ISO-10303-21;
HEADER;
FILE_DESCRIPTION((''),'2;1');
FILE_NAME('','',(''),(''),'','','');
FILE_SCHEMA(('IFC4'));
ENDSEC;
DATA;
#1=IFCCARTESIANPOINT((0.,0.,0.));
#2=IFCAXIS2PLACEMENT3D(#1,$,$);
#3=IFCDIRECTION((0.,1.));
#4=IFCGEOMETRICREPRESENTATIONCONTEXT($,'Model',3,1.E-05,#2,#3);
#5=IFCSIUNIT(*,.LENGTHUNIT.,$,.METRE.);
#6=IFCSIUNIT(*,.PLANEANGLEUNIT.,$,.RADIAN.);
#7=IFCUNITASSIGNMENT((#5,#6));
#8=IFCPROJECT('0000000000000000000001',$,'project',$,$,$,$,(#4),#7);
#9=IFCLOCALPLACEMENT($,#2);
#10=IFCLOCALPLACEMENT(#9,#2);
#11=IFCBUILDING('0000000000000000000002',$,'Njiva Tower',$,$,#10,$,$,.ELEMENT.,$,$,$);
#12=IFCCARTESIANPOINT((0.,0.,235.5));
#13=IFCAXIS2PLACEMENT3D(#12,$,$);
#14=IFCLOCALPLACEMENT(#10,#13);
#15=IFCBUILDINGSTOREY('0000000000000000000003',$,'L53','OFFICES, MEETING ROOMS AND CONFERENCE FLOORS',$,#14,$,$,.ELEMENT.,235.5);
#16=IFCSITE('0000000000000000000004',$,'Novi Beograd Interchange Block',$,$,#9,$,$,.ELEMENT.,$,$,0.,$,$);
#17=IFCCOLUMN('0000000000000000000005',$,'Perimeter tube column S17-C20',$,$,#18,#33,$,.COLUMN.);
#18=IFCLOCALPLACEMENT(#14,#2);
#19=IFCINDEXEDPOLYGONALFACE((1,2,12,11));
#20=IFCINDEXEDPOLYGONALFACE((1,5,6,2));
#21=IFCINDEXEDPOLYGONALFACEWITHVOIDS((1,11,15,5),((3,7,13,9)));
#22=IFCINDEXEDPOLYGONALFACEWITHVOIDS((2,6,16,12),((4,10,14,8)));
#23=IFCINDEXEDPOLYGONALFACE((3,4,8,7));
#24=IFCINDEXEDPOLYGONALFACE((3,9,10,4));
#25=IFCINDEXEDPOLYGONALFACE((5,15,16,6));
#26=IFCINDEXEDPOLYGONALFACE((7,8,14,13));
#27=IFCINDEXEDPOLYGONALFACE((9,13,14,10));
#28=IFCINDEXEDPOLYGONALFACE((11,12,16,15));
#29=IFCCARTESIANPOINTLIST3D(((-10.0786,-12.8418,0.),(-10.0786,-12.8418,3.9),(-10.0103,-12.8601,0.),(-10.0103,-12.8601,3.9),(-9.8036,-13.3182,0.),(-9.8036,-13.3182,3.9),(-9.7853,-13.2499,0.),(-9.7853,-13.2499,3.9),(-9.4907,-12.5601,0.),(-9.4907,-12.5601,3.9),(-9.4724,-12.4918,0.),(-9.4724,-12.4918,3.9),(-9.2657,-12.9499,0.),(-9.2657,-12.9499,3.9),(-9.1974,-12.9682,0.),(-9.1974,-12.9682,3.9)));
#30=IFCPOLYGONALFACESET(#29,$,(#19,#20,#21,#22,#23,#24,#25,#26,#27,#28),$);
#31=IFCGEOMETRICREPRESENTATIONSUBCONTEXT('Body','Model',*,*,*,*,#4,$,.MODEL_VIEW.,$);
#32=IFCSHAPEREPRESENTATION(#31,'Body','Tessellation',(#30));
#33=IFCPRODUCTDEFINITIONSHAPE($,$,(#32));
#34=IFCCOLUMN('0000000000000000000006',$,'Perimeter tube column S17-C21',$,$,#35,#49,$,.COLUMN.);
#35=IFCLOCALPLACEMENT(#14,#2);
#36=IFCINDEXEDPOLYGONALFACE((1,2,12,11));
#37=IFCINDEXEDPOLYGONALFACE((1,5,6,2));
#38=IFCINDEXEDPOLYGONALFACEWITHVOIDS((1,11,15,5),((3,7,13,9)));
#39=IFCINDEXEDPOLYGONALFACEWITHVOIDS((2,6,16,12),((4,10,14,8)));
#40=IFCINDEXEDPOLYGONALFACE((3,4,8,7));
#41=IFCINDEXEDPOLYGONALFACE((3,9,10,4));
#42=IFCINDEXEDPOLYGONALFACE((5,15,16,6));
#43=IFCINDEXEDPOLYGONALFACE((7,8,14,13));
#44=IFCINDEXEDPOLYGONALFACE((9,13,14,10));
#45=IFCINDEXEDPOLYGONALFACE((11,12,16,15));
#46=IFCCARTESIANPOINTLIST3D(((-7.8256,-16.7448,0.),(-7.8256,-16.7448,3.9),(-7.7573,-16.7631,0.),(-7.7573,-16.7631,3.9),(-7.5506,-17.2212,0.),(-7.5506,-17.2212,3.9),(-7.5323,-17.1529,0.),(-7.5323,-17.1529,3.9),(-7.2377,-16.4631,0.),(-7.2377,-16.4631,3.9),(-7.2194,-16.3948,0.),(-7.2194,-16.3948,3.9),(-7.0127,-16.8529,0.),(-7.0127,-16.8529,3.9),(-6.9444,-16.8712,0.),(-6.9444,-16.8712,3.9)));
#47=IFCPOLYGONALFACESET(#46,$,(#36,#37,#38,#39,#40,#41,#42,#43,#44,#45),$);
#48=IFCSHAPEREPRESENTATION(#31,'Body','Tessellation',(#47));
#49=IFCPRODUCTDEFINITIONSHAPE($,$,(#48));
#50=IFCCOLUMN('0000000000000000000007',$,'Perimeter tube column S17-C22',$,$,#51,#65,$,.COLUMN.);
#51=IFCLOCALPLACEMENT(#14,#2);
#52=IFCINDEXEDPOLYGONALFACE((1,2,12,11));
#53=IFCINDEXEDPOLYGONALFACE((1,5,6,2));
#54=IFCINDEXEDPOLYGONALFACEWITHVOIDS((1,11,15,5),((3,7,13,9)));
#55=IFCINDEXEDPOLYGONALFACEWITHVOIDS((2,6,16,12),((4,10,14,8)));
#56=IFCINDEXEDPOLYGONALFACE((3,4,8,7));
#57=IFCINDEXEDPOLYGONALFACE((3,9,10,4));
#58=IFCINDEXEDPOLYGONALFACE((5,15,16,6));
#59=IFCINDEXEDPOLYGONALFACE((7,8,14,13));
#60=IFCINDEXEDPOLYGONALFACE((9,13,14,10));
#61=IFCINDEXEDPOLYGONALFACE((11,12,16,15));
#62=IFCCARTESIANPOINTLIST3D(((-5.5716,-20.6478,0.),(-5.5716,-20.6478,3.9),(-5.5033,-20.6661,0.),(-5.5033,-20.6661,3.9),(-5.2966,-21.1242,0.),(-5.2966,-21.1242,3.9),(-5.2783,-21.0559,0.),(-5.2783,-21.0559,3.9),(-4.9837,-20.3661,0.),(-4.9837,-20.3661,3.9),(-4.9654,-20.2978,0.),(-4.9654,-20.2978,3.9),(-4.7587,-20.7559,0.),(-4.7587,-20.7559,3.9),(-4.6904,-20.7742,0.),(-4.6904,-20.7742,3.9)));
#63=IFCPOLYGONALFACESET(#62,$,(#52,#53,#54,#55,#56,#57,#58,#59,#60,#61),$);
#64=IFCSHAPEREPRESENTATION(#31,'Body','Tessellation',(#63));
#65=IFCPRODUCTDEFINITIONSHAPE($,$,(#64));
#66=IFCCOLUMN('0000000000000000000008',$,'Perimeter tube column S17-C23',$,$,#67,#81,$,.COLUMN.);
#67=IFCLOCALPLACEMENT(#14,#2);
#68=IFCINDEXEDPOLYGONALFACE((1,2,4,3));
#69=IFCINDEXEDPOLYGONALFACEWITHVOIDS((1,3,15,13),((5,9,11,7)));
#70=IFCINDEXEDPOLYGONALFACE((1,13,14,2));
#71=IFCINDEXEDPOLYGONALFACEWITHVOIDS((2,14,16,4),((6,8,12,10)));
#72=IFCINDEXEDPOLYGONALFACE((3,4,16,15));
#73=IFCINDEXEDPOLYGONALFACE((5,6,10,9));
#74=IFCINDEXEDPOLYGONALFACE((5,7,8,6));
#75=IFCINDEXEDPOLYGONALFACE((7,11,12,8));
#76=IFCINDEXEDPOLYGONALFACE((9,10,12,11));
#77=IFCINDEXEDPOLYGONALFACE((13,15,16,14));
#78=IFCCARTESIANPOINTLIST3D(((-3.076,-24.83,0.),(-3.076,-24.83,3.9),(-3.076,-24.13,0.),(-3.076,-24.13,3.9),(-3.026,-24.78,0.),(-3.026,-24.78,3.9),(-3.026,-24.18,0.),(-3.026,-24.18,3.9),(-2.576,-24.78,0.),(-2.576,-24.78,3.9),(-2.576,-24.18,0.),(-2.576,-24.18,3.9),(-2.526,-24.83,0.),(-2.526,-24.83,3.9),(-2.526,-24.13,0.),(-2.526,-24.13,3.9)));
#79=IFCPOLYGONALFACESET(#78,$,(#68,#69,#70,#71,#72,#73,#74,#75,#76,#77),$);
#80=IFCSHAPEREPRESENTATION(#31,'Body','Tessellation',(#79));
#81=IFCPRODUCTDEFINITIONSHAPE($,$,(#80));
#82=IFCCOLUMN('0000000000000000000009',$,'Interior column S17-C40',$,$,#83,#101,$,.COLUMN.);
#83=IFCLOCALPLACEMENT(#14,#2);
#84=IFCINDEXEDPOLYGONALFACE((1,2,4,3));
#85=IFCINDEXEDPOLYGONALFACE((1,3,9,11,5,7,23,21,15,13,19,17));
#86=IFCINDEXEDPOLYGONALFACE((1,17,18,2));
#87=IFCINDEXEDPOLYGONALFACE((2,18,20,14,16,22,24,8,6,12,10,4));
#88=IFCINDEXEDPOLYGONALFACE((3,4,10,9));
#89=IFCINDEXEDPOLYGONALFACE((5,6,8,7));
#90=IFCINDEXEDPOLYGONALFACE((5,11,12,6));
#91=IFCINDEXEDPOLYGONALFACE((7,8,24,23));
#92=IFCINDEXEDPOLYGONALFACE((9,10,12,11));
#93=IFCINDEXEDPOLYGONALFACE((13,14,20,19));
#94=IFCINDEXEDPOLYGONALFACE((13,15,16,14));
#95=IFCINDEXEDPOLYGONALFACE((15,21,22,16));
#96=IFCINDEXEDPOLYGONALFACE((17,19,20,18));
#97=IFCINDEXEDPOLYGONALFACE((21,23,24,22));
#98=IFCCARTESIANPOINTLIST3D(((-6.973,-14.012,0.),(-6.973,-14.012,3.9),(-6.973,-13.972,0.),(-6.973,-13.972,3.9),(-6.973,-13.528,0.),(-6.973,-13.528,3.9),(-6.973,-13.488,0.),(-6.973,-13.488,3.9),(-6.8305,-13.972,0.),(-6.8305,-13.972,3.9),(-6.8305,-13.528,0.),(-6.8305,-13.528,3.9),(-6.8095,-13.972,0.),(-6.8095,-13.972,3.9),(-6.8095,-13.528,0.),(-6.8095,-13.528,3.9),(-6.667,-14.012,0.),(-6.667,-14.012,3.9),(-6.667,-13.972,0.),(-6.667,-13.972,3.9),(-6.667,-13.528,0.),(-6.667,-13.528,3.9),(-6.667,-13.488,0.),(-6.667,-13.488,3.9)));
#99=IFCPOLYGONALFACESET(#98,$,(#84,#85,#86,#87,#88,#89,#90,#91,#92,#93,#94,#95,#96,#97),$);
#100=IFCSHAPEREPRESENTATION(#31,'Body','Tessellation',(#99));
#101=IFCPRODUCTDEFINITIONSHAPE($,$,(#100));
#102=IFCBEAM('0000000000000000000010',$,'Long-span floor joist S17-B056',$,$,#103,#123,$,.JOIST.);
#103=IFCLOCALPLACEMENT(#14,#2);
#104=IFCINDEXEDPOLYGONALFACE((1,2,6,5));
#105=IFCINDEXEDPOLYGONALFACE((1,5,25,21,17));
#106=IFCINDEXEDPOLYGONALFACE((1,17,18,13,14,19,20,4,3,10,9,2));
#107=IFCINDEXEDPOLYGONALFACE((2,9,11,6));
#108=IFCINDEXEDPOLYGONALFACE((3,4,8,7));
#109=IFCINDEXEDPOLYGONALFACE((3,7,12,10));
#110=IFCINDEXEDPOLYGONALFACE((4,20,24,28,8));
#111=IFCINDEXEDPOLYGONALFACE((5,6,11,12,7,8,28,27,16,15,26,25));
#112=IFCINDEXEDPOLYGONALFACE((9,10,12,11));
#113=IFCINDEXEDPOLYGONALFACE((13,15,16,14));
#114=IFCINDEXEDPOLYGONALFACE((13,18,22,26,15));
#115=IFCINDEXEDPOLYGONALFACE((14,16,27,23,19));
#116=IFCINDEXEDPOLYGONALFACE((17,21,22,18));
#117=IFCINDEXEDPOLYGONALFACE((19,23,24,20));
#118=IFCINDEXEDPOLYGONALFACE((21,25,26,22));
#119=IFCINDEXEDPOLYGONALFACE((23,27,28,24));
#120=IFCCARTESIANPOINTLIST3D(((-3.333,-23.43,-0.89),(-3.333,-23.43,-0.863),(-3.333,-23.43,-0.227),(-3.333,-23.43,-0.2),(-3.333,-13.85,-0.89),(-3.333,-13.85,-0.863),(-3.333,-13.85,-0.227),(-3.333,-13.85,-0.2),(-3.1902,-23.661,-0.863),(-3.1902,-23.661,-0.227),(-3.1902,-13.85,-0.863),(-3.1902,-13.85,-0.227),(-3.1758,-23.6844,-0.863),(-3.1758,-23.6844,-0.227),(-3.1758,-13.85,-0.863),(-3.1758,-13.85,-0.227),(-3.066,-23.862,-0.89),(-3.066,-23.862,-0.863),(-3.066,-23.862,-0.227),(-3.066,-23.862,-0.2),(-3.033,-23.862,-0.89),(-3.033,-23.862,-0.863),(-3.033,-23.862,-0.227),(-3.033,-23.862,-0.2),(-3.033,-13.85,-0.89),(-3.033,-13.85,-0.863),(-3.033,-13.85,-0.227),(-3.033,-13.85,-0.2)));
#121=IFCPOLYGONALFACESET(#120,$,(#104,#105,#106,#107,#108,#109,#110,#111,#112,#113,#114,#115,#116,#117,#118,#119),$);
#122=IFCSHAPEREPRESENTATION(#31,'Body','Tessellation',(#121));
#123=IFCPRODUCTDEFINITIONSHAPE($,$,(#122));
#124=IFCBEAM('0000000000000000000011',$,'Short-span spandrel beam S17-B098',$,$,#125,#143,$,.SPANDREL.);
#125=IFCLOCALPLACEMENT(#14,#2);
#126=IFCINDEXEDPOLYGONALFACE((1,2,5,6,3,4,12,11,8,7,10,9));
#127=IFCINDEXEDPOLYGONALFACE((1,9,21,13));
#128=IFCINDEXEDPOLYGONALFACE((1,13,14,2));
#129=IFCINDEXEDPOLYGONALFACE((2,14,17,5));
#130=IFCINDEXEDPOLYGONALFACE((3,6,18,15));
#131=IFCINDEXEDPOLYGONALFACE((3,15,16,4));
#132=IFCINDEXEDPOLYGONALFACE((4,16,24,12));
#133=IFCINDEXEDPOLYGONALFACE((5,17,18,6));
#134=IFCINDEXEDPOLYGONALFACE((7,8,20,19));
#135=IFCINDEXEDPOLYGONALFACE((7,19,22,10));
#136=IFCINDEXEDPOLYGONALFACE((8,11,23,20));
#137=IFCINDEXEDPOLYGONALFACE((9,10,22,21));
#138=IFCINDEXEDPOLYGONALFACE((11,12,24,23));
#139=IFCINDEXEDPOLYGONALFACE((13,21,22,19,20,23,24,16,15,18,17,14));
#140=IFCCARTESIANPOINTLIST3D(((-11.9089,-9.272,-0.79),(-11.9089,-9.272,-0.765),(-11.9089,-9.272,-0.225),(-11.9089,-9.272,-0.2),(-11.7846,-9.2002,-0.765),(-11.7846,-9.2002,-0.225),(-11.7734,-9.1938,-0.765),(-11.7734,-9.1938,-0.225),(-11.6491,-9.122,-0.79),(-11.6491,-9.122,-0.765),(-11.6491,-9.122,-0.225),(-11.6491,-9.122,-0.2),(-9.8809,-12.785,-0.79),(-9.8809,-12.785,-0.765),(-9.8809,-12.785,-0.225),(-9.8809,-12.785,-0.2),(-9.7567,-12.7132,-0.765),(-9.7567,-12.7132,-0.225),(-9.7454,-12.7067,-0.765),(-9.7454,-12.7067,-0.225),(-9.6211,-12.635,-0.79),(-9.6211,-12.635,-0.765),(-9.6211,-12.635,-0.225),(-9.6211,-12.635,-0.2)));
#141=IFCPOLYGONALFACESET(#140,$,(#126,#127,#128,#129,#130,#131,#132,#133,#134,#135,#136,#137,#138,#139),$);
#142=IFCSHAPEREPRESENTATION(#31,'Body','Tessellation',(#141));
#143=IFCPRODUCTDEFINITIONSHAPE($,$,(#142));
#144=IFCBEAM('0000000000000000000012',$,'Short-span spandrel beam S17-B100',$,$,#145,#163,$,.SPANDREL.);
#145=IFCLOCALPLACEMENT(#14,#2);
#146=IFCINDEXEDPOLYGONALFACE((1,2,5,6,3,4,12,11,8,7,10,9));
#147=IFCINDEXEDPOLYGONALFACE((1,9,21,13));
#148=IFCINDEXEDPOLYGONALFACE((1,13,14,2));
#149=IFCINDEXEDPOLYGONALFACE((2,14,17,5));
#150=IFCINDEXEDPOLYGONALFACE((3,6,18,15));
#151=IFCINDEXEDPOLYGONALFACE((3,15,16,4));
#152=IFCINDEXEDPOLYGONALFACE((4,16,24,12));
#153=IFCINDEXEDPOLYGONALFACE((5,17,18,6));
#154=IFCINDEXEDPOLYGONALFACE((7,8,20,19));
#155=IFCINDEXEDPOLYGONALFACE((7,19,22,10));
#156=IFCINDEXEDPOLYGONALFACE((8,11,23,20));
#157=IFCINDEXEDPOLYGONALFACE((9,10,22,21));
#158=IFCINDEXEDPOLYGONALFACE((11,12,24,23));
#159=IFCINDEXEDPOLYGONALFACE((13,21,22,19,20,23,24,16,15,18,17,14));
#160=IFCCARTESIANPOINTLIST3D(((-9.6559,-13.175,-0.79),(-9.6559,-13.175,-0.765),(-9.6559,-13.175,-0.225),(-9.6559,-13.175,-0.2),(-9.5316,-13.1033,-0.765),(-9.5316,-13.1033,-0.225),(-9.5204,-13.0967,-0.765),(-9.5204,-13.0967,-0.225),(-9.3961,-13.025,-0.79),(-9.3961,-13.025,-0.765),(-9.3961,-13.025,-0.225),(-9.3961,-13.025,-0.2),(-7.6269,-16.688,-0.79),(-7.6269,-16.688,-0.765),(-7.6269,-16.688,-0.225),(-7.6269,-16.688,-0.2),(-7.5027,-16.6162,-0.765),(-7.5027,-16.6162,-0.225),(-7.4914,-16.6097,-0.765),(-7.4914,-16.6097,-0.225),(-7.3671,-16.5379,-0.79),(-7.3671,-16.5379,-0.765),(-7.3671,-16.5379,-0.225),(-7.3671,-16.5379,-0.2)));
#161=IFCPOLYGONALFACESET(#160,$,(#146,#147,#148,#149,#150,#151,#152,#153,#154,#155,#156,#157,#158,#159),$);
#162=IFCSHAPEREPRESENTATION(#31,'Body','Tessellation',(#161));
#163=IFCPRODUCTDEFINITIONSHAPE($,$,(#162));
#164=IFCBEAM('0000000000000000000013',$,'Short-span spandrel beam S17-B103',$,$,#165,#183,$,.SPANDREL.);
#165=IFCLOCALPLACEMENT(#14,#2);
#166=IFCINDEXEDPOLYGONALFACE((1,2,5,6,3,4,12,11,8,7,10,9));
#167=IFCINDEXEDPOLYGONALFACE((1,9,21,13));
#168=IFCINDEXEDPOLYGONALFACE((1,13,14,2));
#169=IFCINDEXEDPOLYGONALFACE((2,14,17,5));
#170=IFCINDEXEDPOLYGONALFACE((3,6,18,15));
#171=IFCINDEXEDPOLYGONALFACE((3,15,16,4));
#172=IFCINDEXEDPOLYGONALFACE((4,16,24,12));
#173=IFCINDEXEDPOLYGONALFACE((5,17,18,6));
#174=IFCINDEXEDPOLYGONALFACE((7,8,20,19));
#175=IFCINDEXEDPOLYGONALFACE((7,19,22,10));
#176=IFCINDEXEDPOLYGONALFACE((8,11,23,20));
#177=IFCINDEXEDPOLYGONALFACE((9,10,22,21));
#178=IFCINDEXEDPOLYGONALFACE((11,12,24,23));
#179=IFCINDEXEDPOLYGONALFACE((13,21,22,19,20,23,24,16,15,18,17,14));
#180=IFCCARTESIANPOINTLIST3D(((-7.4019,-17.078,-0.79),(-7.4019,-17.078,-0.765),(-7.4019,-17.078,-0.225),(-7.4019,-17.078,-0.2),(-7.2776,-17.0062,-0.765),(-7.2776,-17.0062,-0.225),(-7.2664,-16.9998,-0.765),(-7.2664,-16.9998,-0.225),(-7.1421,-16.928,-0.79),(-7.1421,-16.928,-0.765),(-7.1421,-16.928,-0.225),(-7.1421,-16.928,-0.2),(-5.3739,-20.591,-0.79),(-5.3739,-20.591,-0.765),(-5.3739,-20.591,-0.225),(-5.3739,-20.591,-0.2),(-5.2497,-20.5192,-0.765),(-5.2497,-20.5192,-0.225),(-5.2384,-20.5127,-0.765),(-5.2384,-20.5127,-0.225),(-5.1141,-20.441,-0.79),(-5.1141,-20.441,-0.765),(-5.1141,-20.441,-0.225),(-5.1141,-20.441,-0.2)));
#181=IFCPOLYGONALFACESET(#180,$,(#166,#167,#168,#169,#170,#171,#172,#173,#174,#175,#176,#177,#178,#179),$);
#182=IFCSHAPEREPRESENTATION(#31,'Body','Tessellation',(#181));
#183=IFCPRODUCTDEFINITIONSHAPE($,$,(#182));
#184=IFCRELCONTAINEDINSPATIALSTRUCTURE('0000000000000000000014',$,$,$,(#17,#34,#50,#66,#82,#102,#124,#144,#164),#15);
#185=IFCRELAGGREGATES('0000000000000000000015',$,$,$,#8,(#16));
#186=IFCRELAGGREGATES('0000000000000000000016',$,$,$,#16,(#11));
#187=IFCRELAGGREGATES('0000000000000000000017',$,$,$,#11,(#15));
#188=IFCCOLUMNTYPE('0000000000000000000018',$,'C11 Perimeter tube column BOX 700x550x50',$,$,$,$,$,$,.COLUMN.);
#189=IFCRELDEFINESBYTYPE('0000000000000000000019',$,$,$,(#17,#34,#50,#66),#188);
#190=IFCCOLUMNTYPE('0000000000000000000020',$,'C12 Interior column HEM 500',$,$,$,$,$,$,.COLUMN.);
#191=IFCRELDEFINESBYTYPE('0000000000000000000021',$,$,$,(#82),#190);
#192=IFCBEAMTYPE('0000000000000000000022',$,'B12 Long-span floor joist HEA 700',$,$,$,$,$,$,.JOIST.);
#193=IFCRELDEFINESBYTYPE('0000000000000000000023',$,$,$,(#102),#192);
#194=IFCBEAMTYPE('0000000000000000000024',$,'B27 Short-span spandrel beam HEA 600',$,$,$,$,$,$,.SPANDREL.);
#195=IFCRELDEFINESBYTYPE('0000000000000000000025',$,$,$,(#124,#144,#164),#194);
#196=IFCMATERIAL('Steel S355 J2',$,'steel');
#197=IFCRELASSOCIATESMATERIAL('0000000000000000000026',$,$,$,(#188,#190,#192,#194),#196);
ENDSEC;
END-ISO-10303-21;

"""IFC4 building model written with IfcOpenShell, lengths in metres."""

from ifc_helpers import new_model, si_unit, direction, frame, origin, origin_2d, place, context, subcontext, project, spatial, hollow_rectangle, i_section, extrude, clip, halfspace, material, material_profile, profile_set, type_object, element, save


model = new_model("IFC4")

# Units and contexts
model_context = context("Model", 3, precision=1e-05, world=origin(), true_north=direction((0.0, 1.0)))
body_context = subcontext(model_context, "Body", "Model", "MODEL_VIEW")
ifc_project = project(units=[si_unit("LENGTHUNIT", "METRE"), si_unit("PLANEANGLEUNIT", "RADIAN")], contexts=[model_context])

# Site, building, storey
site_placement = place(None, origin())
site = spatial("IfcSite", under=ifc_project, at=site_placement, Name="Novi Beograd Interchange Block", CompositionType="ELEMENT", RefElevation=0.0)
building_placement = place(site_placement, origin())
building = spatial("IfcBuilding", under=site, at=building_placement, Name="Njiva Tower", CompositionType="ELEMENT")
storey_placement = place(building_placement, frame((0.0, 0.0, 235.5)))
storey = spatial("IfcBuildingStorey", under=building, at=storey_placement, Name="L53", Description="OFFICES, MEETING ROOMS AND CONFERENCE FLOORS", CompositionType="ELEMENT", Elevation=235.5)

# Columns
ifc_material_1 = material(Name="Steel S355 J2", Category="steel")
ifc_material_profile_1 = material_profile(ifc_material_1, hollow_rectangle(XDim=0.55, YDim=0.7, WallThickness=0.05, at=origin_2d()), Name="BOX 700x550x50")
ifc_profile_set_1 = profile_set([ifc_material_profile_1], Name="Steel S355 J2")
column_type_1 = type_object("IfcColumnType", Name="C11 Perimeter tube column BOX 700x550x50", PredefinedType="COLUMN", material=ifc_profile_set_1)
for number, where, z_axis, x_axis, name in (
    (1, (-9.638, -12.905, 0.0), (0.0, 0.0, 1.0), (0.5, -0.866025, 0.0), "Perimeter tube column S17-C20"),
    (2, (-7.385, -16.808, 0.0), (0.0, 0.0, 1.0), (0.5, -0.866025, 0.0), "Perimeter tube column S17-C21"),
    (3, (-5.131, -20.711, 0.0), (0.0, 0.0, 1.0), (0.5, -0.866025, 0.0), "Perimeter tube column S17-C22"),
    (4, (-2.801, -24.48, 0.0), (0.0, 0.0, 1.0), (1.0, 0.0, 0.0), "Perimeter tube column S17-C23"),
):
    element("IfcColumn", number, at=place(storey_placement, frame(where, z_axis=z_axis, x_axis=x_axis)), inside=storey, type_object=column_type_1, Name=name, PredefinedType="COLUMN", context=body_context, shape_type="SweptSolid", body=[
        extrude(hollow_rectangle(XDim=0.55, YDim=0.7, WallThickness=0.05, at=origin_2d()), origin(), (0.0, 0.0, 1.0), 3.9),
    ])
ifc_material_profile_2 = material_profile(ifc_material_1, i_section(OverallWidth=0.306, OverallDepth=0.524, WebThickness=0.021, FlangeThickness=0.04, at=origin_2d()), Name="HEM 500")
ifc_profile_set_2 = profile_set([ifc_material_profile_2], Name="Steel S355 J2")
column_type_2 = type_object("IfcColumnType", Name="C12 Interior column HEM 500", PredefinedType="COLUMN", material=ifc_profile_set_2)
column_placement = place(storey_placement, frame((-6.82, -13.75, 0.0), z_axis=(0.0, 0.0, 1.0), x_axis=(1.0, 0.0, 0.0)))
element("IfcColumn", 5, at=column_placement, inside=storey, type_object=column_type_2, Name="Interior column S17-C40", PredefinedType="COLUMN", context=body_context, shape_type="SweptSolid", body=[
    extrude(i_section(OverallWidth=0.306, OverallDepth=0.524, WebThickness=0.021, FlangeThickness=0.04, at=origin_2d()), origin(), (0.0, 0.0, 1.0), 3.9),
])

# Beams
ifc_material_profile_3 = material_profile(ifc_material_1, i_section(OverallWidth=0.3, OverallDepth=0.69, WebThickness=0.0145, FlangeThickness=0.027, at=origin_2d()), Name="HEA 700")
ifc_profile_set_3 = profile_set([ifc_material_profile_3], Name="Steel S355 J2")
beam_type_1 = type_object("IfcBeamType", Name="B12 Long-span floor joist HEA 700", PredefinedType="JOIST", material=ifc_profile_set_3)
beam_1_placement = place(storey_placement, frame((-3.183, -13.85, -0.545), z_axis=(0.0, -1.0, 0.0), x_axis=(1.0, 0.0, 0.0)))
element("IfcBeam", 6, at=beam_1_placement, inside=storey, type_object=beam_type_1, Name="Long-span floor joist S17-B056", PredefinedType="JOIST", context=body_context, shape_type="Clipping", body=[
    clip(extrude(i_section(OverallWidth=0.3, OverallDepth=0.69, WebThickness=0.0145, FlangeThickness=0.027, at=origin_2d()), origin(), (0.0, 0.0, 1.0), 10.012), halfspace(frame((-0.0429, 0.0, 9.7533), z_axis=(-0.850616, 0.0, 0.525788), x_axis=(0.0, 1.0, 0.0)), False)),
])
ifc_material_profile_4 = material_profile(ifc_material_1, i_section(OverallWidth=0.3, OverallDepth=0.59, WebThickness=0.013, FlangeThickness=0.025, at=origin_2d()), Name="HEA 600")
ifc_profile_set_4 = profile_set([ifc_material_profile_4], Name="Steel S355 J2")
beam_type_2 = type_object("IfcBeamType", Name="B27 Short-span spandrel beam HEA 600", PredefinedType="SPANDREL", material=ifc_profile_set_4)
beam_2_placement = place(storey_placement, frame((-11.779, -9.197, -0.495), z_axis=(0.499957, -0.86605, 0.0), x_axis=(0.86605, 0.499957, 0.0)))
element("IfcBeam", 7, at=beam_2_placement, inside=storey, type_object=beam_type_2, Name="Short-span spandrel beam S17-B098", PredefinedType="SPANDREL", context=body_context, shape_type="SweptSolid", body=[
    extrude(i_section(OverallWidth=0.3, OverallDepth=0.59, WebThickness=0.013, FlangeThickness=0.025, at=origin_2d()), origin(), (0.0, 0.0, 1.0), 4.0563),
])
beam_3_placement = place(storey_placement, frame((-9.526, -13.1, -0.495), z_axis=(0.500142, -0.865943, 0.0), x_axis=(0.865943, 0.500142, 0.0)))
element("IfcBeam", 8, at=beam_3_placement, inside=storey, type_object=beam_type_2, Name="Short-span spandrel beam S17-B100", PredefinedType="SPANDREL", context=body_context, shape_type="SweptSolid", body=[
    extrude(i_section(OverallWidth=0.3, OverallDepth=0.59, WebThickness=0.013, FlangeThickness=0.025, at=origin_2d()), origin(), (0.0, 0.0, 1.0), 4.0568),
])
beam_4_placement = place(storey_placement, frame((-7.272, -17.003, -0.495), z_axis=(0.499957, -0.86605, 0.0), x_axis=(0.86605, 0.499957, 0.0)))
element("IfcBeam", 9, at=beam_4_placement, inside=storey, type_object=beam_type_2, Name="Short-span spandrel beam S17-B103", PredefinedType="SPANDREL", context=body_context, shape_type="SweptSolid", body=[
    extrude(i_section(OverallWidth=0.3, OverallDepth=0.59, WebThickness=0.013, FlangeThickness=0.025, at=origin_2d()), origin(), (0.0, 0.0, 1.0), 4.0563),
])

save(model, "model.ifc")
